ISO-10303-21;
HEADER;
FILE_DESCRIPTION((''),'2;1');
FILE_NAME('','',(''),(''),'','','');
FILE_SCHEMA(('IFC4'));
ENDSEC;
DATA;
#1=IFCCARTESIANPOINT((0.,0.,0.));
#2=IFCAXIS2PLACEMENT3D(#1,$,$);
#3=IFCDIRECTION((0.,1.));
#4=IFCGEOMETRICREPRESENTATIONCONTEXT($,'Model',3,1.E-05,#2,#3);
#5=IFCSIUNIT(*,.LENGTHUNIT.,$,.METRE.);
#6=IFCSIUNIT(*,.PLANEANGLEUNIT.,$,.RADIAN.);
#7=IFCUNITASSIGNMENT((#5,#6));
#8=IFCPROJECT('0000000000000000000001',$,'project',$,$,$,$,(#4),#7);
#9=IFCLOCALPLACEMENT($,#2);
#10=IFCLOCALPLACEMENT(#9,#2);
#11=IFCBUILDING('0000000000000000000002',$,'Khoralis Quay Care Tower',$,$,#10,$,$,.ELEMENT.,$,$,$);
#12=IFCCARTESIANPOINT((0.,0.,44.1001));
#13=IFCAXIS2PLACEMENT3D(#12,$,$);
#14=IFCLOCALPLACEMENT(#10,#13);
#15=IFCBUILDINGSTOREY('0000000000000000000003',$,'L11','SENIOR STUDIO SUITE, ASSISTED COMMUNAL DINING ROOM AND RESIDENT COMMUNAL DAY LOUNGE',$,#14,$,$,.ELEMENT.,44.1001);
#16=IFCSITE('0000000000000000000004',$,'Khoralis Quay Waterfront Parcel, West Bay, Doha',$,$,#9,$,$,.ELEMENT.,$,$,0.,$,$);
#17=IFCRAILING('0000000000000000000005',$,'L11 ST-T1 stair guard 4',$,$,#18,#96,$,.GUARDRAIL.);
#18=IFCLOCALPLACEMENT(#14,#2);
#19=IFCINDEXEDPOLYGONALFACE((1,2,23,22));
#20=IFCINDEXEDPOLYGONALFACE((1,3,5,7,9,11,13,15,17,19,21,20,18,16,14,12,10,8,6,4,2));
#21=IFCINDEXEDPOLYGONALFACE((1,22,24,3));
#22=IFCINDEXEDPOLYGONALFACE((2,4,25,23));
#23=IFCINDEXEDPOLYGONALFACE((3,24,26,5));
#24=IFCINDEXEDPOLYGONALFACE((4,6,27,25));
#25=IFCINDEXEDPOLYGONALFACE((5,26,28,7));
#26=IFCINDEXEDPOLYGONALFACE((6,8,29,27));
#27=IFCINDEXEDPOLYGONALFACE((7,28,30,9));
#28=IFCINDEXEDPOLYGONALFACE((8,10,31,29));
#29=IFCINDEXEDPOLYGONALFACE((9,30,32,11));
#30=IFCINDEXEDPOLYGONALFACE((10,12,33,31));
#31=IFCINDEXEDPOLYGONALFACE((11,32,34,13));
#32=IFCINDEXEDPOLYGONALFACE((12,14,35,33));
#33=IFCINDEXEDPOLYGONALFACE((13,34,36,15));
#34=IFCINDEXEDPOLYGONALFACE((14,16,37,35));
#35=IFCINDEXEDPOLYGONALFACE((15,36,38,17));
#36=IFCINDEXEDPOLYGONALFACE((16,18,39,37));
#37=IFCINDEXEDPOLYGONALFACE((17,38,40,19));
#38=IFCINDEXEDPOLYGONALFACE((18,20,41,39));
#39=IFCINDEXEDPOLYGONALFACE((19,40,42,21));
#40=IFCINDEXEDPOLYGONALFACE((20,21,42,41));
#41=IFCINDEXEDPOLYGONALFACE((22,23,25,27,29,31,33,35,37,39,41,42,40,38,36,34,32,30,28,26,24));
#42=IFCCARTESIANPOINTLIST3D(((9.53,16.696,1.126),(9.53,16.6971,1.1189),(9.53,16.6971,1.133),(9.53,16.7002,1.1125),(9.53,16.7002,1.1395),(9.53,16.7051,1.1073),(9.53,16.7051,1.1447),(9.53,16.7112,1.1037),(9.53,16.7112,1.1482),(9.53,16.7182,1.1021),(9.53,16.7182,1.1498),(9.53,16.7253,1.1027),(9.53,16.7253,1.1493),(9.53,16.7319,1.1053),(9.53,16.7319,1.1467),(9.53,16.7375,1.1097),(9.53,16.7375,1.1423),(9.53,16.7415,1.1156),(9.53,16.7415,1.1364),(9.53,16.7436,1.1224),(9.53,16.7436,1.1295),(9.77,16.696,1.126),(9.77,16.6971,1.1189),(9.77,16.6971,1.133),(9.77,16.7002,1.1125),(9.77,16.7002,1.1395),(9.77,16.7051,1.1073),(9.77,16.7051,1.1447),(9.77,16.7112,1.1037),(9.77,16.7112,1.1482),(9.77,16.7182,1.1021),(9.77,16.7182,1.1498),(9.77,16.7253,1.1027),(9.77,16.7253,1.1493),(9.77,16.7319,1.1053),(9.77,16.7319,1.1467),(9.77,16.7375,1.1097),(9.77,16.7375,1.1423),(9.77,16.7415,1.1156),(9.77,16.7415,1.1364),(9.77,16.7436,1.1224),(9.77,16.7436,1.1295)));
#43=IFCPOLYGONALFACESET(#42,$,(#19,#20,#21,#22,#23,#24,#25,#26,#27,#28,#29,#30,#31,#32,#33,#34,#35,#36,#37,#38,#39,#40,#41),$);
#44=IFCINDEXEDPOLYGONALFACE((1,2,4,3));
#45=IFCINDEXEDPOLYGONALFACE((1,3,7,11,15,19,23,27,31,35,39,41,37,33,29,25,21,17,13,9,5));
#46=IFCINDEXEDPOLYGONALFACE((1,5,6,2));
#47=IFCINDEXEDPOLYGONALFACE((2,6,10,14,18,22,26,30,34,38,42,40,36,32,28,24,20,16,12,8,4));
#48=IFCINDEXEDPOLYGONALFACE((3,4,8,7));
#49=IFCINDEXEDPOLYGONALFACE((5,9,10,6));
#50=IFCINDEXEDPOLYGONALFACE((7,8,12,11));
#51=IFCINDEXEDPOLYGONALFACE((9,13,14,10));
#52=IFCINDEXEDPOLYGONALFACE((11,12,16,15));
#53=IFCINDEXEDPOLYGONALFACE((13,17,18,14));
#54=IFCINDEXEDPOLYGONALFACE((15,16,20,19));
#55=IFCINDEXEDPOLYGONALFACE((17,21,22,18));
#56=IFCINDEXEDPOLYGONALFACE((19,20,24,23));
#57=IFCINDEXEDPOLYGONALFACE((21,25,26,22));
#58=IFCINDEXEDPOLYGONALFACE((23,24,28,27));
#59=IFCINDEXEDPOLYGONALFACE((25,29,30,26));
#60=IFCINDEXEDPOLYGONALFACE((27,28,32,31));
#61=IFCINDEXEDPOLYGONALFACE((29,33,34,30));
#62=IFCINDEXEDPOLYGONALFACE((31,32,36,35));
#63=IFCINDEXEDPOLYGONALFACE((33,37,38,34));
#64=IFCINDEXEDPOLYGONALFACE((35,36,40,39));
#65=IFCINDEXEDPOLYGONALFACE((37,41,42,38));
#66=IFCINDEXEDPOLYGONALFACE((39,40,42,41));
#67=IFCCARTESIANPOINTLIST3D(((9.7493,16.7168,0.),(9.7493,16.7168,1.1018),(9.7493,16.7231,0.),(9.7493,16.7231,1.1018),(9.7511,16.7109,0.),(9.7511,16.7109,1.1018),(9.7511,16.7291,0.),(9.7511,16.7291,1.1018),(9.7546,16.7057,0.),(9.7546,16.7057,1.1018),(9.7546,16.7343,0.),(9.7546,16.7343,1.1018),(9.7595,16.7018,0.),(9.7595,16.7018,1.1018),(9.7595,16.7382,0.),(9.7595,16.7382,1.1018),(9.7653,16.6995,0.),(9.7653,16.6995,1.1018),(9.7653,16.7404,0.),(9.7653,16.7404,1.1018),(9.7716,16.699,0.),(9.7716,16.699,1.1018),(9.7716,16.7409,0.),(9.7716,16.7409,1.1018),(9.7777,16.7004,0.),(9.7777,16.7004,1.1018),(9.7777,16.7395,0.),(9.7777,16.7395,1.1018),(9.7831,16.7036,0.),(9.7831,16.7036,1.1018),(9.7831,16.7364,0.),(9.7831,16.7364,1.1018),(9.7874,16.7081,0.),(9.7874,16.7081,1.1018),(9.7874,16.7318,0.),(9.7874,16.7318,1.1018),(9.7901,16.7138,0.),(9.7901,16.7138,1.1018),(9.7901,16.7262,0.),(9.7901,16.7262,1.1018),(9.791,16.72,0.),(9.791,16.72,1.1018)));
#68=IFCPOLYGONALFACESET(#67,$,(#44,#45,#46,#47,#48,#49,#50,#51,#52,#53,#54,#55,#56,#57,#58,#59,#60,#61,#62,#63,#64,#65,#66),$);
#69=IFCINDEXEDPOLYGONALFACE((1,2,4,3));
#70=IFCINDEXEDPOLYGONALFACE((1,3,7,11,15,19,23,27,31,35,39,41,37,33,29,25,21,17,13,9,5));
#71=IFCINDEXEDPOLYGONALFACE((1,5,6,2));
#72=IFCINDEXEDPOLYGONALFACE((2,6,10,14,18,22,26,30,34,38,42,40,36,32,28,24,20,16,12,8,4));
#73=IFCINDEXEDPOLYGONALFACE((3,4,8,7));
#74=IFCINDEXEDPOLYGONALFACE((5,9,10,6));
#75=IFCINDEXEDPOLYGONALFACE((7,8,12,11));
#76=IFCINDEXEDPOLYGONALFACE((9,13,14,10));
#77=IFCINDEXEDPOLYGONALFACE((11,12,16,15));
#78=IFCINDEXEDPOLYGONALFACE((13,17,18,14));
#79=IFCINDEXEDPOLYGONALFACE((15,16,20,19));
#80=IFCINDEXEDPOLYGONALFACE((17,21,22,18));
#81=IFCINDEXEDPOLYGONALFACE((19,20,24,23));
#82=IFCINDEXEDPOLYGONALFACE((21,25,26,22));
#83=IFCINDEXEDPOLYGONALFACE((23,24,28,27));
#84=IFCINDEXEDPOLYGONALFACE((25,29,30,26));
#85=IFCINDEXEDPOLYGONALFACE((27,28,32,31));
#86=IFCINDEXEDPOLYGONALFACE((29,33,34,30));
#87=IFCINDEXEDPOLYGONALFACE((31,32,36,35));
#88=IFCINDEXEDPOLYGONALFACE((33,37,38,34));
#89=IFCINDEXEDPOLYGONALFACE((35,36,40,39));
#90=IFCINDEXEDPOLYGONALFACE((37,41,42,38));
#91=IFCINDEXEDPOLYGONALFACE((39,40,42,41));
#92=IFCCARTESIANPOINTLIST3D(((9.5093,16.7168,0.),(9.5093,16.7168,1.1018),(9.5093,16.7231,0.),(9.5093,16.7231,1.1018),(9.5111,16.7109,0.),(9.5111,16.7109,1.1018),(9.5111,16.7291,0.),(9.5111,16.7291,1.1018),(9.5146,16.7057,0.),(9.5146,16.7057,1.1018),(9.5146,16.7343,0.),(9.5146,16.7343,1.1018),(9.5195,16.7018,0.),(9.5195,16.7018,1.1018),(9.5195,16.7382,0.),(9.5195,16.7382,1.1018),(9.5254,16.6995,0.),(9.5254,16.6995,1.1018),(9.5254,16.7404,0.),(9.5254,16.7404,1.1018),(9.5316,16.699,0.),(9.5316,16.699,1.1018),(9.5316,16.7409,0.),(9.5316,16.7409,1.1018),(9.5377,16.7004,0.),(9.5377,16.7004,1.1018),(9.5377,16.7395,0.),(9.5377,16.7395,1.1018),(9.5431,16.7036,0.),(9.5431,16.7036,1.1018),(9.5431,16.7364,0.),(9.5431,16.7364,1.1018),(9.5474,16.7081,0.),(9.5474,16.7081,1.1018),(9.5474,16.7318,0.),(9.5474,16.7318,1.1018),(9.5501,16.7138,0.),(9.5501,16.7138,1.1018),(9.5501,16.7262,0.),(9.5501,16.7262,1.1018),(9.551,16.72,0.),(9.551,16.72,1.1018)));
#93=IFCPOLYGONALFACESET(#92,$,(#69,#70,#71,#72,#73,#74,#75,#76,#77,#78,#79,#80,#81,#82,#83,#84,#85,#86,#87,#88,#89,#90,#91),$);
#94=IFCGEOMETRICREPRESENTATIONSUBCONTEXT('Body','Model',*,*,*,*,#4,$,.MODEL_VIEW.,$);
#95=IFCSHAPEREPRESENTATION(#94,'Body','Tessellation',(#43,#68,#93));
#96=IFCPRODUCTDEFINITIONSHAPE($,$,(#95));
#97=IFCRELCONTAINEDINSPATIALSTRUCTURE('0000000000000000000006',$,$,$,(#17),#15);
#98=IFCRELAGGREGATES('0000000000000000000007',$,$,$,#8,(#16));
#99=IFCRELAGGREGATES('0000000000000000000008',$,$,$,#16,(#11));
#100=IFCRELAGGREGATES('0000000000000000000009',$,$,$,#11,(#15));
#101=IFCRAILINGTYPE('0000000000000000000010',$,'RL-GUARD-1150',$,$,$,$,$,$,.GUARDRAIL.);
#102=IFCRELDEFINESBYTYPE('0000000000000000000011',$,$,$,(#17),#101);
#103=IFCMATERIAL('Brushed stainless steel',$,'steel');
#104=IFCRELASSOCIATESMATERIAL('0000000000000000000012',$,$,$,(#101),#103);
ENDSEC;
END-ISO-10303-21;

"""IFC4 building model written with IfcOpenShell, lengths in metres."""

from ifc_helpers import new_model, si_unit, direction, frame, origin, origin_2d, place, context, subcontext, project, spatial, circle, extrude, material, type_object, element, save


model = new_model("IFC4")

# Units and contexts
model_context = context("Model", 3, precision=1e-05, world=origin(), true_north=direction((0.0, 1.0)))
body_context = subcontext(model_context, "Body", "Model", "MODEL_VIEW")
ifc_project = project(units=[si_unit("LENGTHUNIT", "METRE"), si_unit("PLANEANGLEUNIT", "RADIAN")], contexts=[model_context])

# Site, building, storey
site_placement = place(None, origin())
site = spatial("IfcSite", under=ifc_project, at=site_placement, Name="Khoralis Quay Waterfront Parcel, West Bay, Doha", CompositionType="ELEMENT", RefElevation=0.0)
building_placement = place(site_placement, origin())
building = spatial("IfcBuilding", under=site, at=building_placement, Name="Khoralis Quay Care Tower", CompositionType="ELEMENT")
storey_placement = place(building_placement, frame((0.0, 0.0, 44.1001)))
storey = spatial("IfcBuildingStorey", under=building, at=storey_placement, Name="L11", Description="SENIOR STUDIO SUITE, ASSISTED COMMUNAL DINING ROOM AND RESIDENT COMMUNAL DAY LOUNGE", CompositionType="ELEMENT", Elevation=44.1001)

# Shared definitions
ifc_material_1 = material(Name="Brushed stainless steel", Category="steel")

# Railing
railing_type_1 = type_object("IfcRailingType", Name="RL-GUARD-1150", PredefinedType="GUARDRAIL", material=ifc_material_1)
railing_1_placement = place(storey_placement, frame((9.77, 16.72, 0.0)))
element("IfcRailing", 1, at=railing_1_placement, inside=storey, type_object=railing_type_1, Name="L11 ST-T1 stair guard 4", PredefinedType="GUARDRAIL", context=body_context, shape_type="SweptSolid", body=[
    extrude(circle(Radius=0.0239, at=origin_2d()), frame((0.0, 0.0, 1.126), z_axis=(-1.0, 0.0, 0.0), x_axis=(0.0, -1.0, 0.0)), (0.0, 0.0, 1.0), 0.24),
    extrude(circle(Radius=0.021, at=origin_2d()), origin(), (0.0, 0.0, 1.0), 1.1018),
    extrude(circle(Radius=0.021, at=origin_2d()), frame((-0.24, 0.0, 0.0)), (0.0, 0.0, 1.0), 1.1018),
])

save(model, "model.ifc")
